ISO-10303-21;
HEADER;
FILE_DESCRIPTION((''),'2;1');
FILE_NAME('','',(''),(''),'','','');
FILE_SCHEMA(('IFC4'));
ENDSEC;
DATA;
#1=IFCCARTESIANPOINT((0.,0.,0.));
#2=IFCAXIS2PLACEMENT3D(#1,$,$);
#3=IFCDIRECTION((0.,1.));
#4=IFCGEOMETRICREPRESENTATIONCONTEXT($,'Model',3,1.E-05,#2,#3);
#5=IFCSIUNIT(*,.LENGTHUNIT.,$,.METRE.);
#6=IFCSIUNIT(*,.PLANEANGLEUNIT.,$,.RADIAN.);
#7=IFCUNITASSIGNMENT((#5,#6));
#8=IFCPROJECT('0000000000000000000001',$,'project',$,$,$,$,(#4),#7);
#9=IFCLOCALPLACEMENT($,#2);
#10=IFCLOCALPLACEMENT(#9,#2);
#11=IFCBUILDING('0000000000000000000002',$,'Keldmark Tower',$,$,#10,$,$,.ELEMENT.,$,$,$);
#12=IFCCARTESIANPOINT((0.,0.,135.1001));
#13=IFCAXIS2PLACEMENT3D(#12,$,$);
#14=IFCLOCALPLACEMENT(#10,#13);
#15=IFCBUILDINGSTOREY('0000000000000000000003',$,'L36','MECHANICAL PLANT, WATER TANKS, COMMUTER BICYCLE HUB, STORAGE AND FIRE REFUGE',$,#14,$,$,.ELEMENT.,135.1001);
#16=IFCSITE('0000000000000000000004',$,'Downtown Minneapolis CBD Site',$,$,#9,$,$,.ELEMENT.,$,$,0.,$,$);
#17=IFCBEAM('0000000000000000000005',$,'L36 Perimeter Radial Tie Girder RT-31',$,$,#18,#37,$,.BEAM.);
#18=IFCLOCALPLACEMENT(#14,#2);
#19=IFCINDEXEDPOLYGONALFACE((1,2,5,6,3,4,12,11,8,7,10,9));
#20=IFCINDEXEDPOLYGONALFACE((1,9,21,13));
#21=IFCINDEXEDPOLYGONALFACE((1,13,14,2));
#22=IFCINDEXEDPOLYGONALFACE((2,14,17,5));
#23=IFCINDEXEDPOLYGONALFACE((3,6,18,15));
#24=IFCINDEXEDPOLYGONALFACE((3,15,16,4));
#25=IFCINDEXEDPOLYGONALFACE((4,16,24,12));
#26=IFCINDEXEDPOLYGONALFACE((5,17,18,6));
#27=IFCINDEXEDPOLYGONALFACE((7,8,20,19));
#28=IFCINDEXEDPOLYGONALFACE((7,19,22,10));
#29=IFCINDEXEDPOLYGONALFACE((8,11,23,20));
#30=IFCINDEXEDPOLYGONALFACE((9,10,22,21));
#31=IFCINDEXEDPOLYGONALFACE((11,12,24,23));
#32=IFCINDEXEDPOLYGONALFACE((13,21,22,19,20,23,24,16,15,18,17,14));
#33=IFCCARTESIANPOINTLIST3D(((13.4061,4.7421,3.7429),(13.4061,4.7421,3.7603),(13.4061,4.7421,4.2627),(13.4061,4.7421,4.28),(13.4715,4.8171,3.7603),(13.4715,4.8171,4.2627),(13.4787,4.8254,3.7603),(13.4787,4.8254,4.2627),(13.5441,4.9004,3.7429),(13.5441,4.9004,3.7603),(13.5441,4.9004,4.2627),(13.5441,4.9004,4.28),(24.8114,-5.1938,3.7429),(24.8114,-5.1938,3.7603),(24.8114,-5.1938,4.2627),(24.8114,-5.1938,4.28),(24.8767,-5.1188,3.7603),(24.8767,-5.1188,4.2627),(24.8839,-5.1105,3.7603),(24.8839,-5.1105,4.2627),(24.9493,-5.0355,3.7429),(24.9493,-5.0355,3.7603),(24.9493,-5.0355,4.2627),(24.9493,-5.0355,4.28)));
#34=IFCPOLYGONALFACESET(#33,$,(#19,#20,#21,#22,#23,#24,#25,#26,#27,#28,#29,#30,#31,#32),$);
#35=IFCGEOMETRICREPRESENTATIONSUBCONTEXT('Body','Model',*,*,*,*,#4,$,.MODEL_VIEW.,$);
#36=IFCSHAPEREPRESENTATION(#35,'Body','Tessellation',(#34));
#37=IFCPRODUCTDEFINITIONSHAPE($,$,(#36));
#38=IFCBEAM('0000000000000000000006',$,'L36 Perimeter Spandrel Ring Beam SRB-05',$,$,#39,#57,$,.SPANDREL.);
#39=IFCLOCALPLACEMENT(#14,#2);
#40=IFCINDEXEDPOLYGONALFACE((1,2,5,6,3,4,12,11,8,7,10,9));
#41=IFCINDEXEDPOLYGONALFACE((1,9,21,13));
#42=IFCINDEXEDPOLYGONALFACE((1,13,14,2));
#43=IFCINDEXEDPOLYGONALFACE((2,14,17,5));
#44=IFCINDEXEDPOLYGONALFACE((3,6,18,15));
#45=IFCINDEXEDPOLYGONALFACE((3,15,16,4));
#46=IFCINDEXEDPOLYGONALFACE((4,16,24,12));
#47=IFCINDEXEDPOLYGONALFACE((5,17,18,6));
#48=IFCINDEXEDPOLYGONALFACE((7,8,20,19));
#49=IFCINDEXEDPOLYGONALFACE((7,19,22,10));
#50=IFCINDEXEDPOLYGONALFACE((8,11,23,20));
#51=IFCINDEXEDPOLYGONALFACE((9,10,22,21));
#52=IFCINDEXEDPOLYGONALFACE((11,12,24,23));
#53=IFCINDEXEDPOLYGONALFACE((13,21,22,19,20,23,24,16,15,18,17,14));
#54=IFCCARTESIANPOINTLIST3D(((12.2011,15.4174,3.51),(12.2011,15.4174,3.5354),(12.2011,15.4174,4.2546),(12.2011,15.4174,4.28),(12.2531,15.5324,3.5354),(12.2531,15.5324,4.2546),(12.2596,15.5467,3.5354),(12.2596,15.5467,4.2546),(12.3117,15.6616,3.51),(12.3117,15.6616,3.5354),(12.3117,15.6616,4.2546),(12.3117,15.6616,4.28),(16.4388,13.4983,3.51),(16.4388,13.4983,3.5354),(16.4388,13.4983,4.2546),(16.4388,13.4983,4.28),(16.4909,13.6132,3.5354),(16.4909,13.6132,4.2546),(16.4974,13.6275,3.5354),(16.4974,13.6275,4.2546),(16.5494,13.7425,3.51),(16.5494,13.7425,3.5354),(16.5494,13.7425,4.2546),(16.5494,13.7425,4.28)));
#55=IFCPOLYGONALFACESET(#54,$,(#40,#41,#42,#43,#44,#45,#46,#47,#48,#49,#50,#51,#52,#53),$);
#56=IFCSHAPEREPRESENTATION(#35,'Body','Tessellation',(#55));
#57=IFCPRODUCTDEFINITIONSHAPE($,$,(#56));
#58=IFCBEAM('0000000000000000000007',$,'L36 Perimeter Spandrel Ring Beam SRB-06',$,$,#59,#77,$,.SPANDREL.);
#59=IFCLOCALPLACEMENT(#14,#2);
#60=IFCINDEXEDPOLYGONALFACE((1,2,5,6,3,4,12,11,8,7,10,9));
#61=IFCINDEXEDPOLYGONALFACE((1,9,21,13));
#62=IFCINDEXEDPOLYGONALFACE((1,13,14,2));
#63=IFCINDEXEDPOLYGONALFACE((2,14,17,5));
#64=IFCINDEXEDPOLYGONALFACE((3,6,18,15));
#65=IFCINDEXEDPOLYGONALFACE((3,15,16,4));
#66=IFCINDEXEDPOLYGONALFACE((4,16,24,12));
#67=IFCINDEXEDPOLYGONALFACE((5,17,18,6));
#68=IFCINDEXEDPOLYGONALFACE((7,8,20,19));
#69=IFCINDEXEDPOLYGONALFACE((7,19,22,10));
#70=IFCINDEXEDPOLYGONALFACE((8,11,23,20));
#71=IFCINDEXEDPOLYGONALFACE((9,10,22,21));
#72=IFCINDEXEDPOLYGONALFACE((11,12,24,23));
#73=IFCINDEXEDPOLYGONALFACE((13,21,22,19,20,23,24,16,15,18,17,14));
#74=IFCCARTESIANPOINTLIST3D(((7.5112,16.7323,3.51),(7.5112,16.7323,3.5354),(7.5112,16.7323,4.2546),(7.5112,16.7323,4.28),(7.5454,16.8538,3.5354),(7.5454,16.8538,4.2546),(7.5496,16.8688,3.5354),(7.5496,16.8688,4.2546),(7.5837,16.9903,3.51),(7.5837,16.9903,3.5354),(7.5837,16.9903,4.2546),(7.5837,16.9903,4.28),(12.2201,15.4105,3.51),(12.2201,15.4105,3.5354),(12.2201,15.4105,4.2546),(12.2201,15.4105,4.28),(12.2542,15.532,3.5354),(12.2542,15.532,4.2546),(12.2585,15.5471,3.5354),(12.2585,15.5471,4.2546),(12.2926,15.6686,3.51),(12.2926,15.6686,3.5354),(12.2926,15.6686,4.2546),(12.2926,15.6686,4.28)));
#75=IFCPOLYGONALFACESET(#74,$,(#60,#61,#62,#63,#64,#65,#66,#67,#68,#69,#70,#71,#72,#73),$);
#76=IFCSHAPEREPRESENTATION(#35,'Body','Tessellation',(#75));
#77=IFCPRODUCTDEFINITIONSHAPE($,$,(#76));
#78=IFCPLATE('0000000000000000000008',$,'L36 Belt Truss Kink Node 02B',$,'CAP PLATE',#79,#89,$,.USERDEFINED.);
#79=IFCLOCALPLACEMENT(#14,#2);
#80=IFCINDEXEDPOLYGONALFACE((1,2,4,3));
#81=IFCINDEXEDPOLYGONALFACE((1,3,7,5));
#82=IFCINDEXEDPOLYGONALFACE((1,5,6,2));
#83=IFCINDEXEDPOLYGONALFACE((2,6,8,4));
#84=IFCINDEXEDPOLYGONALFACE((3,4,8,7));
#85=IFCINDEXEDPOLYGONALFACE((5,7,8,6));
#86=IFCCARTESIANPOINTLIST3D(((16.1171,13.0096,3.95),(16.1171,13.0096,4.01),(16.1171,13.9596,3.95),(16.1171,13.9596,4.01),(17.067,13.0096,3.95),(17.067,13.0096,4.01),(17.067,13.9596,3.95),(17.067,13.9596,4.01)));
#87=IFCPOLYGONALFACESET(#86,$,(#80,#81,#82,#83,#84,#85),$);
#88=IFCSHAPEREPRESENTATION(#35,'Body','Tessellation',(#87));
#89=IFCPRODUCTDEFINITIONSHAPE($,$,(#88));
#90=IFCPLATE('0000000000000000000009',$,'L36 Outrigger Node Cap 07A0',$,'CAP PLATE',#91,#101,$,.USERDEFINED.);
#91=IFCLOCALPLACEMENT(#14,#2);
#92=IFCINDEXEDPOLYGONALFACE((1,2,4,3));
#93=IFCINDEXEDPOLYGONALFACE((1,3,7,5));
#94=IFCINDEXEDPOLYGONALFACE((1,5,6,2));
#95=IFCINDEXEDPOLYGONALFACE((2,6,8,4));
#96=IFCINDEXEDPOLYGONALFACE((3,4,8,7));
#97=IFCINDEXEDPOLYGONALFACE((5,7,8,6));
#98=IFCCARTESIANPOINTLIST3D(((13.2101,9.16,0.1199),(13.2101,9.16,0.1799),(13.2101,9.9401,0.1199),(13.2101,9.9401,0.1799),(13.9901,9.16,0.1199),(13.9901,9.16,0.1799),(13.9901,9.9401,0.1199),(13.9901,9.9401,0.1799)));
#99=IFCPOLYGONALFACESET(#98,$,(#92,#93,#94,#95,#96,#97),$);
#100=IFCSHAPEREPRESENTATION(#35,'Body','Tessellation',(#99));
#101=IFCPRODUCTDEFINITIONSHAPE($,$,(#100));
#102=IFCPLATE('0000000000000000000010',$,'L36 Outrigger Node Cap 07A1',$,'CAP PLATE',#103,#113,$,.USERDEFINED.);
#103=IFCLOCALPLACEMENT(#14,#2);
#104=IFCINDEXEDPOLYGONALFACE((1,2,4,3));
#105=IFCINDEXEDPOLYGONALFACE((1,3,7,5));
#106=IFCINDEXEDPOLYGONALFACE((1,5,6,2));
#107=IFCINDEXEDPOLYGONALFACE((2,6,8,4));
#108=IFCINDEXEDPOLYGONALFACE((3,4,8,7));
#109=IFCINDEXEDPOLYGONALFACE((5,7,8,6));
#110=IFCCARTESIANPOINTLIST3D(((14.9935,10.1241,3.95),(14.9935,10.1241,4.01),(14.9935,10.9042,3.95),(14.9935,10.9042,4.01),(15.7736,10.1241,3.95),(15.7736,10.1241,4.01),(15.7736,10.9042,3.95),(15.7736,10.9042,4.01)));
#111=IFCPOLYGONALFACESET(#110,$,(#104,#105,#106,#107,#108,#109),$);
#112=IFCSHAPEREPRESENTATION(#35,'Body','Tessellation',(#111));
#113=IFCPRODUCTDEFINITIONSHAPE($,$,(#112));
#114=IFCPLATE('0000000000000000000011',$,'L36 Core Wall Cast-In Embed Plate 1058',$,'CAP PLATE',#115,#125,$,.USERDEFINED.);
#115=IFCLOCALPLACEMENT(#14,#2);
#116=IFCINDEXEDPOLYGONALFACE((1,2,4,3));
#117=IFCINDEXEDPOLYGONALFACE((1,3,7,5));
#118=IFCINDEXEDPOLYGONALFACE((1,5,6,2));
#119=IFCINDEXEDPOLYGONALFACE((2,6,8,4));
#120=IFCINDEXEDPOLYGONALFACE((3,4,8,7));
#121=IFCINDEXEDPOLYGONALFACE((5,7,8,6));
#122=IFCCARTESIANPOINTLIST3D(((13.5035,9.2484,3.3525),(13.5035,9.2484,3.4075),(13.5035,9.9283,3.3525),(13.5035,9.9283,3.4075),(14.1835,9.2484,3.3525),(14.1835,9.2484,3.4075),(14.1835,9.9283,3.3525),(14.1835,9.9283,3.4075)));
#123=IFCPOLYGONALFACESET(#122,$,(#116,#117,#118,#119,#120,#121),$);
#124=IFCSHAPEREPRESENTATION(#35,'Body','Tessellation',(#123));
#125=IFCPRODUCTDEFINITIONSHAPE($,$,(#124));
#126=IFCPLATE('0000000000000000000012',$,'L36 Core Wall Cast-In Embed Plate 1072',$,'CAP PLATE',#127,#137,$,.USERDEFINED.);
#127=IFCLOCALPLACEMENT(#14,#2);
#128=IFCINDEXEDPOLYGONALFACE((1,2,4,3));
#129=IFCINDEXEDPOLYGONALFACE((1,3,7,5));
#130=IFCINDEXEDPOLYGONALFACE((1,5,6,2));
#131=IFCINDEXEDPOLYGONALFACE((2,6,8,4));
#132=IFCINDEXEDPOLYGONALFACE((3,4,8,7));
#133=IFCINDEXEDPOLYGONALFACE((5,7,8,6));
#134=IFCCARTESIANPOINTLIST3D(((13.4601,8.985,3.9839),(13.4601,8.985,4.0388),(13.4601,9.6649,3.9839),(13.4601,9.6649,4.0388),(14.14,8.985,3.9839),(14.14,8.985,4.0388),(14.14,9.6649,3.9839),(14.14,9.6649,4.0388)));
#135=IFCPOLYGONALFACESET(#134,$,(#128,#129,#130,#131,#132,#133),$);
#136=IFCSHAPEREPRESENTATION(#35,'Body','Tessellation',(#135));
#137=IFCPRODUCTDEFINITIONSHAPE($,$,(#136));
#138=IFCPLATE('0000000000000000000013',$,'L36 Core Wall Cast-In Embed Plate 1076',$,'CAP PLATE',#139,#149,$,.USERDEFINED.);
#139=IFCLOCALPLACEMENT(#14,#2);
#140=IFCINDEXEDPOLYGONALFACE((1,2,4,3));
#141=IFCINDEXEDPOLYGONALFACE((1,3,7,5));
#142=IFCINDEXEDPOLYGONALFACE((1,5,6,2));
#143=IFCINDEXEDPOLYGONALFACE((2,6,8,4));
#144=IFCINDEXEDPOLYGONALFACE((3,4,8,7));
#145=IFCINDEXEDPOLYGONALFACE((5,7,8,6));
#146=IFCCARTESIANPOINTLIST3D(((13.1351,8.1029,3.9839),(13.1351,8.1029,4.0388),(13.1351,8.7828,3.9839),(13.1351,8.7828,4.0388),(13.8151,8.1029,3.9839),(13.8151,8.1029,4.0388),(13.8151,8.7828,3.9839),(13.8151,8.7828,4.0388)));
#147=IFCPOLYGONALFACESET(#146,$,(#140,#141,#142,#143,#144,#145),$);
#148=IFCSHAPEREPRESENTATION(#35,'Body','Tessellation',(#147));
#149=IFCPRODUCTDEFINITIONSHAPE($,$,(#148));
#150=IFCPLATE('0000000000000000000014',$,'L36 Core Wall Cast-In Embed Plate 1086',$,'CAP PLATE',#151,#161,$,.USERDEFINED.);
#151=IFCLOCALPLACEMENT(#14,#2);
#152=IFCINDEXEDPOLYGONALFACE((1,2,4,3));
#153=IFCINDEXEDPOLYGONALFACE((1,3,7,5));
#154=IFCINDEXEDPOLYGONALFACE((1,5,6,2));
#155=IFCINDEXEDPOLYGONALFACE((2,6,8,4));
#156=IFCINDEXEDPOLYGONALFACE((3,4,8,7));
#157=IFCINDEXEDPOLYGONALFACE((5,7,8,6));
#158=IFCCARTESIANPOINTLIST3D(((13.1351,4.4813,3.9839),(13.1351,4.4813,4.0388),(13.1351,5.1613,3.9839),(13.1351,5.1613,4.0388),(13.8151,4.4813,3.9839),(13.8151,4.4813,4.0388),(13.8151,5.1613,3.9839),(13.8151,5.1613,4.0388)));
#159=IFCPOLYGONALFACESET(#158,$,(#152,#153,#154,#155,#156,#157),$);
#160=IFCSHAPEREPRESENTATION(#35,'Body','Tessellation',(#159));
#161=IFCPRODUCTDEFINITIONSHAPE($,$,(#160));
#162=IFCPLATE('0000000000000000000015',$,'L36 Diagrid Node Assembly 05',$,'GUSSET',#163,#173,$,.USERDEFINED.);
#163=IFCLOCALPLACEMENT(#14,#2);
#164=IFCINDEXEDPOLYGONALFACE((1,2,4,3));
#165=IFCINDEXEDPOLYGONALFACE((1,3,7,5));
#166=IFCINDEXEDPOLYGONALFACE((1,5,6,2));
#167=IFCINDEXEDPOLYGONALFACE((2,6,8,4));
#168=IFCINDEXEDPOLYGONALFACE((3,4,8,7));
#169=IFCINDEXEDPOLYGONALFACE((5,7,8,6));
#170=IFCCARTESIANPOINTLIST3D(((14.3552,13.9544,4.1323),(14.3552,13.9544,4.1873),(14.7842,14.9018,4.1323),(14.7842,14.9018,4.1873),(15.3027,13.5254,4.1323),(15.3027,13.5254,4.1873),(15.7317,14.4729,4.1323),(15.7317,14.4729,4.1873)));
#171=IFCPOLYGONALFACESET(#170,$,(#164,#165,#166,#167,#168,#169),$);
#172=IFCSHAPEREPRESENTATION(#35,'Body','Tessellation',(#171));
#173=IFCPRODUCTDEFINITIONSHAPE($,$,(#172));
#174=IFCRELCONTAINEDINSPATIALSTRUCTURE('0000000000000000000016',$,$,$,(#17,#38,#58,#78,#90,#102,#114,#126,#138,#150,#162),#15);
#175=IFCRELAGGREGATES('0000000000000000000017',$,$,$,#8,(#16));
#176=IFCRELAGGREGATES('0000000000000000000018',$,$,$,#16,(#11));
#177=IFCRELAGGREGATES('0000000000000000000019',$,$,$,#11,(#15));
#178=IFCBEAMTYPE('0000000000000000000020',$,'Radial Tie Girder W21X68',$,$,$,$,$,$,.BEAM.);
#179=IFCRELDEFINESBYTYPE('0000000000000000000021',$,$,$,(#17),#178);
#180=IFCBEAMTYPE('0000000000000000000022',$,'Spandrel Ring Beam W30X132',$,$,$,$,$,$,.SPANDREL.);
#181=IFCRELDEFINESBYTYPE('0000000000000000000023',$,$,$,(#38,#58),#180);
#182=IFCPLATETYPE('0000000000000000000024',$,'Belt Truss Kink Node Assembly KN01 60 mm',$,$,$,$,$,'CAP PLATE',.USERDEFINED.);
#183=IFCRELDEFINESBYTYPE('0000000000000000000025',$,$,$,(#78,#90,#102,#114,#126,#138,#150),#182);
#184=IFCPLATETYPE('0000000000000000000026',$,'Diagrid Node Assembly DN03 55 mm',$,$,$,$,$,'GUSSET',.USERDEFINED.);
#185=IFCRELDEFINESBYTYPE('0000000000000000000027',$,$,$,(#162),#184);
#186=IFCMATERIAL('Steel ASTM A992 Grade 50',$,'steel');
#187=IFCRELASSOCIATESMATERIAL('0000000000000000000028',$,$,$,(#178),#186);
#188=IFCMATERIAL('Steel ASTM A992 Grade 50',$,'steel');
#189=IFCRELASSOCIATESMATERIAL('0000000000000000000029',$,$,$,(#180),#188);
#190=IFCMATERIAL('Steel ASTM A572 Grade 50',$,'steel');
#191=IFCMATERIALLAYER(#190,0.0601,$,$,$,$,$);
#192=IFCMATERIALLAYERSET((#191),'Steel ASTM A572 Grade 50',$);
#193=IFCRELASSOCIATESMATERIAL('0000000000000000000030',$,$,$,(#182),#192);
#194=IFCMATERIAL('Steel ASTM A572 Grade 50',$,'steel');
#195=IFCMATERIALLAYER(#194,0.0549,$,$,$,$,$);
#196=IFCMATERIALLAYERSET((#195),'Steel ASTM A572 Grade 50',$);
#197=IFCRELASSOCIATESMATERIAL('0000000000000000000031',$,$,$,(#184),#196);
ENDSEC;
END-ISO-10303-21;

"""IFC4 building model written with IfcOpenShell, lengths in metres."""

from ifc_helpers import new_model, si_unit, direction, frame, origin, origin_2d, place, context, subcontext, project, spatial, rectangle, i_section, extrude, material, layer, layer_set, material_profile, profile_set, type_object, element, save


model = new_model("IFC4")

# Units and contexts
model_context = context("Model", 3, precision=1e-05, world=origin(), true_north=direction((0.0, 1.0)))
body_context = subcontext(model_context, "Body", "Model", "MODEL_VIEW")
ifc_project = project(units=[si_unit("LENGTHUNIT", "METRE"), si_unit("PLANEANGLEUNIT", "RADIAN")], contexts=[model_context])

# Site, building, storey
site_placement = place(None, origin())
site = spatial("IfcSite", under=ifc_project, at=site_placement, Name="Downtown Minneapolis CBD Site", CompositionType="ELEMENT", RefElevation=0.0)
building_placement = place(site_placement, origin())
building = spatial("IfcBuilding", under=site, at=building_placement, Name="Keldmark Tower", CompositionType="ELEMENT")
storey_placement = place(building_placement, frame((0.0, 0.0, 135.1001)))
storey = spatial("IfcBuildingStorey", under=building, at=storey_placement, Name="L36", Description="MECHANICAL PLANT, WATER TANKS, COMMUTER BICYCLE HUB, STORAGE AND FIRE REFUGE", CompositionType="ELEMENT", Elevation=135.1001)

# Beams
ifc_material_1 = material(Name="Steel ASTM A992 Grade 50", Category="steel")
ifc_material_profile_1 = material_profile(ifc_material_1, i_section(OverallWidth=0.21, OverallDepth=0.5371, WebThickness=0.011, FlangeThickness=0.0173, at=origin_2d()), Name="W21X68")
ifc_profile_set_1 = profile_set([ifc_material_profile_1], Name="Steel ASTM A992 Grade 50")
beam_type_1 = type_object("IfcBeamType", Name="Radial Tie Girder W21X68", PredefinedType="BEAM", material=ifc_profile_set_1)
beam_1_placement = place(storey_placement, frame((13.4751, 4.8213, 4.0115), z_axis=(0.754003, -0.656871, 0.0), x_axis=(0.656871, 0.754003, 0.0)))
element("IfcBeam", 1, at=beam_1_placement, inside=storey, type_object=beam_type_1, Name="L36 Perimeter Radial Tie Girder RT-31", PredefinedType="BEAM", context=body_context, shape_type="SweptSolid", body=[
    extrude(i_section(OverallWidth=0.21, OverallDepth=0.5371, WebThickness=0.011, FlangeThickness=0.0173, at=origin_2d()), origin(), (0.0, 0.0, 1.0), 15.1262),
])
ifc_material_2 = material(Name="Steel ASTM A992 Grade 50", Category="steel")
ifc_material_profile_2 = material_profile(ifc_material_2, i_section(OverallWidth=0.2681, OverallDepth=0.77, WebThickness=0.0156, FlangeThickness=0.0254, at=origin_2d()), Name="W30X132")
ifc_profile_set_2 = profile_set([ifc_material_profile_2], Name="Steel ASTM A992 Grade 50")
beam_type_2 = type_object("IfcBeamType", Name="Spandrel Ring Beam W30X132", PredefinedType="SPANDREL", material=ifc_profile_set_2)
beam_2_placement = place(storey_placement, frame((16.4941, 13.6204, 3.895), z_axis=(-0.910939, 0.412541, 0.0), x_axis=(-0.412541, -0.910939, 0.0)))
element("IfcBeam", 2, at=beam_2_placement, inside=storey, type_object=beam_type_2, Name="L36 Perimeter Spandrel Ring Beam SRB-05", PredefinedType="SPANDREL", context=body_context, shape_type="SweptSolid", body=[
    extrude(i_section(OverallWidth=0.2681, OverallDepth=0.77, WebThickness=0.0156, FlangeThickness=0.0254, at=origin_2d()), origin(), (0.0, 0.0, 1.0), 4.6521),
])
beam_3_placement = place(storey_placement, frame((12.2563, 15.5396, 3.895), z_axis=(-0.962791, 0.270248, 0.0), x_axis=(-0.270248, -0.962791, 0.0)))
element("IfcBeam", 3, at=beam_3_placement, inside=storey, type_object=beam_type_2, Name="L36 Perimeter Spandrel Ring Beam SRB-06", PredefinedType="SPANDREL", context=body_context, shape_type="SweptSolid", body=[
    extrude(i_section(OverallWidth=0.2681, OverallDepth=0.77, WebThickness=0.0156, FlangeThickness=0.0254, at=origin_2d()), origin(), (0.0, 0.0, 1.0), 4.8909),
])

# Plates
ifc_material_3 = material(Name="Steel ASTM A572 Grade 50", Category="steel")
ifc_layer_1 = layer(ifc_material_3, 0.0601)
ifc_layer_set_1 = layer_set([ifc_layer_1], Name="Steel ASTM A572 Grade 50")
plate_type_1 = type_object("IfcPlateType", Name="Belt Truss Kink Node Assembly KN01 60 mm", ElementType="CAP PLATE", PredefinedType="USERDEFINED", material=ifc_layer_set_1)
plate_1_placement = place(storey_placement, frame((16.592, 13.4846, 3.95), z_axis=(0.0, 0.0, 1.0), x_axis=(1.0, 0.0, 0.0)))
element("IfcPlate", 4, at=plate_1_placement, inside=storey, type_object=plate_type_1, Name="L36 Belt Truss Kink Node 02B", ObjectType="CAP PLATE", PredefinedType="USERDEFINED", context=body_context, shape_type="SweptSolid", body=[
    extrude(rectangle(XDim=0.95, YDim=0.95, at=origin_2d()), origin(), (0.0, 0.0, 1.0), 0.0601),
])
for number, where, z_axis, x_axis, name in (
    (5, (13.6001, 9.55, 0.1199), (0.0, 0.0, 1.0), (1.0, 0.0, 0.0), "L36 Outrigger Node Cap 07A0"),
    (6, (15.3835, 10.5142, 3.95), (0.0, 0.0, 1.0), (1.0, 0.0, 0.0), "L36 Outrigger Node Cap 07A1"),
):
    element("IfcPlate", number, at=place(storey_placement, frame(where, z_axis=z_axis, x_axis=x_axis)), inside=storey, type_object=plate_type_1, Name=name, ObjectType="CAP PLATE", PredefinedType="USERDEFINED", context=body_context, shape_type="SweptSolid", body=[
        extrude(rectangle(XDim=0.78, YDim=0.78, at=origin_2d()), origin(), (0.0, 0.0, 1.0), 0.0601),
    ])
for number, where, z_axis, x_axis, name in (
    (7, (13.8435, 9.5884, 3.3525), (0.0, 0.0, 1.0), (1.0, 0.0, 0.0), "L36 Core Wall Cast-In Embed Plate 1058"),
    (8, (13.8, 9.325, 3.9839), (0.0, 0.0, 1.0), (1.0, 0.0, 0.0), "L36 Core Wall Cast-In Embed Plate 1072"),
    (9, (13.4751, 8.4429, 3.9839), (0.0, 0.0, 1.0), (1.0, 0.0, 0.0), "L36 Core Wall Cast-In Embed Plate 1076"),
    (10, (13.4751, 4.8213, 3.9839), (0.0, 0.0, 1.0), (1.0, 0.0, 0.0), "L36 Core Wall Cast-In Embed Plate 1086"),
):
    element("IfcPlate", number, at=place(storey_placement, frame(where, z_axis=z_axis, x_axis=x_axis)), inside=storey, type_object=plate_type_1, Name=name, ObjectType="CAP PLATE", PredefinedType="USERDEFINED", context=body_context, shape_type="SweptSolid", body=[
        extrude(rectangle(XDim=0.6799, YDim=0.6799, at=origin_2d()), origin(), (0.0, 0.0, 1.0), 0.0549),
    ])
ifc_material_4 = material(Name="Steel ASTM A572 Grade 50", Category="steel")
ifc_layer_2 = layer(ifc_material_4, 0.0549)
ifc_layer_set_2 = layer_set([ifc_layer_2], Name="Steel ASTM A572 Grade 50")
plate_type_2 = type_object("IfcPlateType", Name="Diagrid Node Assembly DN03 55 mm", ElementType="GUSSET", PredefinedType="USERDEFINED", material=ifc_layer_set_2)
plate_2_placement = place(storey_placement, frame((15.0435, 14.2136, 4.1323), z_axis=(0.0, 0.0, 1.0), x_axis=(-0.910972, 0.412469, 0.0)))
element("IfcPlate", 11, at=plate_2_placement, inside=storey, type_object=plate_type_2, Name="L36 Diagrid Node Assembly 05", ObjectType="GUSSET", PredefinedType="USERDEFINED", context=body_context, shape_type="SweptSolid", body=[
    extrude(rectangle(XDim=1.04, YDim=1.04, at=origin_2d()), origin(), (0.0, 0.0, 1.0), 0.0549),
])

save(model, "model.ifc")
